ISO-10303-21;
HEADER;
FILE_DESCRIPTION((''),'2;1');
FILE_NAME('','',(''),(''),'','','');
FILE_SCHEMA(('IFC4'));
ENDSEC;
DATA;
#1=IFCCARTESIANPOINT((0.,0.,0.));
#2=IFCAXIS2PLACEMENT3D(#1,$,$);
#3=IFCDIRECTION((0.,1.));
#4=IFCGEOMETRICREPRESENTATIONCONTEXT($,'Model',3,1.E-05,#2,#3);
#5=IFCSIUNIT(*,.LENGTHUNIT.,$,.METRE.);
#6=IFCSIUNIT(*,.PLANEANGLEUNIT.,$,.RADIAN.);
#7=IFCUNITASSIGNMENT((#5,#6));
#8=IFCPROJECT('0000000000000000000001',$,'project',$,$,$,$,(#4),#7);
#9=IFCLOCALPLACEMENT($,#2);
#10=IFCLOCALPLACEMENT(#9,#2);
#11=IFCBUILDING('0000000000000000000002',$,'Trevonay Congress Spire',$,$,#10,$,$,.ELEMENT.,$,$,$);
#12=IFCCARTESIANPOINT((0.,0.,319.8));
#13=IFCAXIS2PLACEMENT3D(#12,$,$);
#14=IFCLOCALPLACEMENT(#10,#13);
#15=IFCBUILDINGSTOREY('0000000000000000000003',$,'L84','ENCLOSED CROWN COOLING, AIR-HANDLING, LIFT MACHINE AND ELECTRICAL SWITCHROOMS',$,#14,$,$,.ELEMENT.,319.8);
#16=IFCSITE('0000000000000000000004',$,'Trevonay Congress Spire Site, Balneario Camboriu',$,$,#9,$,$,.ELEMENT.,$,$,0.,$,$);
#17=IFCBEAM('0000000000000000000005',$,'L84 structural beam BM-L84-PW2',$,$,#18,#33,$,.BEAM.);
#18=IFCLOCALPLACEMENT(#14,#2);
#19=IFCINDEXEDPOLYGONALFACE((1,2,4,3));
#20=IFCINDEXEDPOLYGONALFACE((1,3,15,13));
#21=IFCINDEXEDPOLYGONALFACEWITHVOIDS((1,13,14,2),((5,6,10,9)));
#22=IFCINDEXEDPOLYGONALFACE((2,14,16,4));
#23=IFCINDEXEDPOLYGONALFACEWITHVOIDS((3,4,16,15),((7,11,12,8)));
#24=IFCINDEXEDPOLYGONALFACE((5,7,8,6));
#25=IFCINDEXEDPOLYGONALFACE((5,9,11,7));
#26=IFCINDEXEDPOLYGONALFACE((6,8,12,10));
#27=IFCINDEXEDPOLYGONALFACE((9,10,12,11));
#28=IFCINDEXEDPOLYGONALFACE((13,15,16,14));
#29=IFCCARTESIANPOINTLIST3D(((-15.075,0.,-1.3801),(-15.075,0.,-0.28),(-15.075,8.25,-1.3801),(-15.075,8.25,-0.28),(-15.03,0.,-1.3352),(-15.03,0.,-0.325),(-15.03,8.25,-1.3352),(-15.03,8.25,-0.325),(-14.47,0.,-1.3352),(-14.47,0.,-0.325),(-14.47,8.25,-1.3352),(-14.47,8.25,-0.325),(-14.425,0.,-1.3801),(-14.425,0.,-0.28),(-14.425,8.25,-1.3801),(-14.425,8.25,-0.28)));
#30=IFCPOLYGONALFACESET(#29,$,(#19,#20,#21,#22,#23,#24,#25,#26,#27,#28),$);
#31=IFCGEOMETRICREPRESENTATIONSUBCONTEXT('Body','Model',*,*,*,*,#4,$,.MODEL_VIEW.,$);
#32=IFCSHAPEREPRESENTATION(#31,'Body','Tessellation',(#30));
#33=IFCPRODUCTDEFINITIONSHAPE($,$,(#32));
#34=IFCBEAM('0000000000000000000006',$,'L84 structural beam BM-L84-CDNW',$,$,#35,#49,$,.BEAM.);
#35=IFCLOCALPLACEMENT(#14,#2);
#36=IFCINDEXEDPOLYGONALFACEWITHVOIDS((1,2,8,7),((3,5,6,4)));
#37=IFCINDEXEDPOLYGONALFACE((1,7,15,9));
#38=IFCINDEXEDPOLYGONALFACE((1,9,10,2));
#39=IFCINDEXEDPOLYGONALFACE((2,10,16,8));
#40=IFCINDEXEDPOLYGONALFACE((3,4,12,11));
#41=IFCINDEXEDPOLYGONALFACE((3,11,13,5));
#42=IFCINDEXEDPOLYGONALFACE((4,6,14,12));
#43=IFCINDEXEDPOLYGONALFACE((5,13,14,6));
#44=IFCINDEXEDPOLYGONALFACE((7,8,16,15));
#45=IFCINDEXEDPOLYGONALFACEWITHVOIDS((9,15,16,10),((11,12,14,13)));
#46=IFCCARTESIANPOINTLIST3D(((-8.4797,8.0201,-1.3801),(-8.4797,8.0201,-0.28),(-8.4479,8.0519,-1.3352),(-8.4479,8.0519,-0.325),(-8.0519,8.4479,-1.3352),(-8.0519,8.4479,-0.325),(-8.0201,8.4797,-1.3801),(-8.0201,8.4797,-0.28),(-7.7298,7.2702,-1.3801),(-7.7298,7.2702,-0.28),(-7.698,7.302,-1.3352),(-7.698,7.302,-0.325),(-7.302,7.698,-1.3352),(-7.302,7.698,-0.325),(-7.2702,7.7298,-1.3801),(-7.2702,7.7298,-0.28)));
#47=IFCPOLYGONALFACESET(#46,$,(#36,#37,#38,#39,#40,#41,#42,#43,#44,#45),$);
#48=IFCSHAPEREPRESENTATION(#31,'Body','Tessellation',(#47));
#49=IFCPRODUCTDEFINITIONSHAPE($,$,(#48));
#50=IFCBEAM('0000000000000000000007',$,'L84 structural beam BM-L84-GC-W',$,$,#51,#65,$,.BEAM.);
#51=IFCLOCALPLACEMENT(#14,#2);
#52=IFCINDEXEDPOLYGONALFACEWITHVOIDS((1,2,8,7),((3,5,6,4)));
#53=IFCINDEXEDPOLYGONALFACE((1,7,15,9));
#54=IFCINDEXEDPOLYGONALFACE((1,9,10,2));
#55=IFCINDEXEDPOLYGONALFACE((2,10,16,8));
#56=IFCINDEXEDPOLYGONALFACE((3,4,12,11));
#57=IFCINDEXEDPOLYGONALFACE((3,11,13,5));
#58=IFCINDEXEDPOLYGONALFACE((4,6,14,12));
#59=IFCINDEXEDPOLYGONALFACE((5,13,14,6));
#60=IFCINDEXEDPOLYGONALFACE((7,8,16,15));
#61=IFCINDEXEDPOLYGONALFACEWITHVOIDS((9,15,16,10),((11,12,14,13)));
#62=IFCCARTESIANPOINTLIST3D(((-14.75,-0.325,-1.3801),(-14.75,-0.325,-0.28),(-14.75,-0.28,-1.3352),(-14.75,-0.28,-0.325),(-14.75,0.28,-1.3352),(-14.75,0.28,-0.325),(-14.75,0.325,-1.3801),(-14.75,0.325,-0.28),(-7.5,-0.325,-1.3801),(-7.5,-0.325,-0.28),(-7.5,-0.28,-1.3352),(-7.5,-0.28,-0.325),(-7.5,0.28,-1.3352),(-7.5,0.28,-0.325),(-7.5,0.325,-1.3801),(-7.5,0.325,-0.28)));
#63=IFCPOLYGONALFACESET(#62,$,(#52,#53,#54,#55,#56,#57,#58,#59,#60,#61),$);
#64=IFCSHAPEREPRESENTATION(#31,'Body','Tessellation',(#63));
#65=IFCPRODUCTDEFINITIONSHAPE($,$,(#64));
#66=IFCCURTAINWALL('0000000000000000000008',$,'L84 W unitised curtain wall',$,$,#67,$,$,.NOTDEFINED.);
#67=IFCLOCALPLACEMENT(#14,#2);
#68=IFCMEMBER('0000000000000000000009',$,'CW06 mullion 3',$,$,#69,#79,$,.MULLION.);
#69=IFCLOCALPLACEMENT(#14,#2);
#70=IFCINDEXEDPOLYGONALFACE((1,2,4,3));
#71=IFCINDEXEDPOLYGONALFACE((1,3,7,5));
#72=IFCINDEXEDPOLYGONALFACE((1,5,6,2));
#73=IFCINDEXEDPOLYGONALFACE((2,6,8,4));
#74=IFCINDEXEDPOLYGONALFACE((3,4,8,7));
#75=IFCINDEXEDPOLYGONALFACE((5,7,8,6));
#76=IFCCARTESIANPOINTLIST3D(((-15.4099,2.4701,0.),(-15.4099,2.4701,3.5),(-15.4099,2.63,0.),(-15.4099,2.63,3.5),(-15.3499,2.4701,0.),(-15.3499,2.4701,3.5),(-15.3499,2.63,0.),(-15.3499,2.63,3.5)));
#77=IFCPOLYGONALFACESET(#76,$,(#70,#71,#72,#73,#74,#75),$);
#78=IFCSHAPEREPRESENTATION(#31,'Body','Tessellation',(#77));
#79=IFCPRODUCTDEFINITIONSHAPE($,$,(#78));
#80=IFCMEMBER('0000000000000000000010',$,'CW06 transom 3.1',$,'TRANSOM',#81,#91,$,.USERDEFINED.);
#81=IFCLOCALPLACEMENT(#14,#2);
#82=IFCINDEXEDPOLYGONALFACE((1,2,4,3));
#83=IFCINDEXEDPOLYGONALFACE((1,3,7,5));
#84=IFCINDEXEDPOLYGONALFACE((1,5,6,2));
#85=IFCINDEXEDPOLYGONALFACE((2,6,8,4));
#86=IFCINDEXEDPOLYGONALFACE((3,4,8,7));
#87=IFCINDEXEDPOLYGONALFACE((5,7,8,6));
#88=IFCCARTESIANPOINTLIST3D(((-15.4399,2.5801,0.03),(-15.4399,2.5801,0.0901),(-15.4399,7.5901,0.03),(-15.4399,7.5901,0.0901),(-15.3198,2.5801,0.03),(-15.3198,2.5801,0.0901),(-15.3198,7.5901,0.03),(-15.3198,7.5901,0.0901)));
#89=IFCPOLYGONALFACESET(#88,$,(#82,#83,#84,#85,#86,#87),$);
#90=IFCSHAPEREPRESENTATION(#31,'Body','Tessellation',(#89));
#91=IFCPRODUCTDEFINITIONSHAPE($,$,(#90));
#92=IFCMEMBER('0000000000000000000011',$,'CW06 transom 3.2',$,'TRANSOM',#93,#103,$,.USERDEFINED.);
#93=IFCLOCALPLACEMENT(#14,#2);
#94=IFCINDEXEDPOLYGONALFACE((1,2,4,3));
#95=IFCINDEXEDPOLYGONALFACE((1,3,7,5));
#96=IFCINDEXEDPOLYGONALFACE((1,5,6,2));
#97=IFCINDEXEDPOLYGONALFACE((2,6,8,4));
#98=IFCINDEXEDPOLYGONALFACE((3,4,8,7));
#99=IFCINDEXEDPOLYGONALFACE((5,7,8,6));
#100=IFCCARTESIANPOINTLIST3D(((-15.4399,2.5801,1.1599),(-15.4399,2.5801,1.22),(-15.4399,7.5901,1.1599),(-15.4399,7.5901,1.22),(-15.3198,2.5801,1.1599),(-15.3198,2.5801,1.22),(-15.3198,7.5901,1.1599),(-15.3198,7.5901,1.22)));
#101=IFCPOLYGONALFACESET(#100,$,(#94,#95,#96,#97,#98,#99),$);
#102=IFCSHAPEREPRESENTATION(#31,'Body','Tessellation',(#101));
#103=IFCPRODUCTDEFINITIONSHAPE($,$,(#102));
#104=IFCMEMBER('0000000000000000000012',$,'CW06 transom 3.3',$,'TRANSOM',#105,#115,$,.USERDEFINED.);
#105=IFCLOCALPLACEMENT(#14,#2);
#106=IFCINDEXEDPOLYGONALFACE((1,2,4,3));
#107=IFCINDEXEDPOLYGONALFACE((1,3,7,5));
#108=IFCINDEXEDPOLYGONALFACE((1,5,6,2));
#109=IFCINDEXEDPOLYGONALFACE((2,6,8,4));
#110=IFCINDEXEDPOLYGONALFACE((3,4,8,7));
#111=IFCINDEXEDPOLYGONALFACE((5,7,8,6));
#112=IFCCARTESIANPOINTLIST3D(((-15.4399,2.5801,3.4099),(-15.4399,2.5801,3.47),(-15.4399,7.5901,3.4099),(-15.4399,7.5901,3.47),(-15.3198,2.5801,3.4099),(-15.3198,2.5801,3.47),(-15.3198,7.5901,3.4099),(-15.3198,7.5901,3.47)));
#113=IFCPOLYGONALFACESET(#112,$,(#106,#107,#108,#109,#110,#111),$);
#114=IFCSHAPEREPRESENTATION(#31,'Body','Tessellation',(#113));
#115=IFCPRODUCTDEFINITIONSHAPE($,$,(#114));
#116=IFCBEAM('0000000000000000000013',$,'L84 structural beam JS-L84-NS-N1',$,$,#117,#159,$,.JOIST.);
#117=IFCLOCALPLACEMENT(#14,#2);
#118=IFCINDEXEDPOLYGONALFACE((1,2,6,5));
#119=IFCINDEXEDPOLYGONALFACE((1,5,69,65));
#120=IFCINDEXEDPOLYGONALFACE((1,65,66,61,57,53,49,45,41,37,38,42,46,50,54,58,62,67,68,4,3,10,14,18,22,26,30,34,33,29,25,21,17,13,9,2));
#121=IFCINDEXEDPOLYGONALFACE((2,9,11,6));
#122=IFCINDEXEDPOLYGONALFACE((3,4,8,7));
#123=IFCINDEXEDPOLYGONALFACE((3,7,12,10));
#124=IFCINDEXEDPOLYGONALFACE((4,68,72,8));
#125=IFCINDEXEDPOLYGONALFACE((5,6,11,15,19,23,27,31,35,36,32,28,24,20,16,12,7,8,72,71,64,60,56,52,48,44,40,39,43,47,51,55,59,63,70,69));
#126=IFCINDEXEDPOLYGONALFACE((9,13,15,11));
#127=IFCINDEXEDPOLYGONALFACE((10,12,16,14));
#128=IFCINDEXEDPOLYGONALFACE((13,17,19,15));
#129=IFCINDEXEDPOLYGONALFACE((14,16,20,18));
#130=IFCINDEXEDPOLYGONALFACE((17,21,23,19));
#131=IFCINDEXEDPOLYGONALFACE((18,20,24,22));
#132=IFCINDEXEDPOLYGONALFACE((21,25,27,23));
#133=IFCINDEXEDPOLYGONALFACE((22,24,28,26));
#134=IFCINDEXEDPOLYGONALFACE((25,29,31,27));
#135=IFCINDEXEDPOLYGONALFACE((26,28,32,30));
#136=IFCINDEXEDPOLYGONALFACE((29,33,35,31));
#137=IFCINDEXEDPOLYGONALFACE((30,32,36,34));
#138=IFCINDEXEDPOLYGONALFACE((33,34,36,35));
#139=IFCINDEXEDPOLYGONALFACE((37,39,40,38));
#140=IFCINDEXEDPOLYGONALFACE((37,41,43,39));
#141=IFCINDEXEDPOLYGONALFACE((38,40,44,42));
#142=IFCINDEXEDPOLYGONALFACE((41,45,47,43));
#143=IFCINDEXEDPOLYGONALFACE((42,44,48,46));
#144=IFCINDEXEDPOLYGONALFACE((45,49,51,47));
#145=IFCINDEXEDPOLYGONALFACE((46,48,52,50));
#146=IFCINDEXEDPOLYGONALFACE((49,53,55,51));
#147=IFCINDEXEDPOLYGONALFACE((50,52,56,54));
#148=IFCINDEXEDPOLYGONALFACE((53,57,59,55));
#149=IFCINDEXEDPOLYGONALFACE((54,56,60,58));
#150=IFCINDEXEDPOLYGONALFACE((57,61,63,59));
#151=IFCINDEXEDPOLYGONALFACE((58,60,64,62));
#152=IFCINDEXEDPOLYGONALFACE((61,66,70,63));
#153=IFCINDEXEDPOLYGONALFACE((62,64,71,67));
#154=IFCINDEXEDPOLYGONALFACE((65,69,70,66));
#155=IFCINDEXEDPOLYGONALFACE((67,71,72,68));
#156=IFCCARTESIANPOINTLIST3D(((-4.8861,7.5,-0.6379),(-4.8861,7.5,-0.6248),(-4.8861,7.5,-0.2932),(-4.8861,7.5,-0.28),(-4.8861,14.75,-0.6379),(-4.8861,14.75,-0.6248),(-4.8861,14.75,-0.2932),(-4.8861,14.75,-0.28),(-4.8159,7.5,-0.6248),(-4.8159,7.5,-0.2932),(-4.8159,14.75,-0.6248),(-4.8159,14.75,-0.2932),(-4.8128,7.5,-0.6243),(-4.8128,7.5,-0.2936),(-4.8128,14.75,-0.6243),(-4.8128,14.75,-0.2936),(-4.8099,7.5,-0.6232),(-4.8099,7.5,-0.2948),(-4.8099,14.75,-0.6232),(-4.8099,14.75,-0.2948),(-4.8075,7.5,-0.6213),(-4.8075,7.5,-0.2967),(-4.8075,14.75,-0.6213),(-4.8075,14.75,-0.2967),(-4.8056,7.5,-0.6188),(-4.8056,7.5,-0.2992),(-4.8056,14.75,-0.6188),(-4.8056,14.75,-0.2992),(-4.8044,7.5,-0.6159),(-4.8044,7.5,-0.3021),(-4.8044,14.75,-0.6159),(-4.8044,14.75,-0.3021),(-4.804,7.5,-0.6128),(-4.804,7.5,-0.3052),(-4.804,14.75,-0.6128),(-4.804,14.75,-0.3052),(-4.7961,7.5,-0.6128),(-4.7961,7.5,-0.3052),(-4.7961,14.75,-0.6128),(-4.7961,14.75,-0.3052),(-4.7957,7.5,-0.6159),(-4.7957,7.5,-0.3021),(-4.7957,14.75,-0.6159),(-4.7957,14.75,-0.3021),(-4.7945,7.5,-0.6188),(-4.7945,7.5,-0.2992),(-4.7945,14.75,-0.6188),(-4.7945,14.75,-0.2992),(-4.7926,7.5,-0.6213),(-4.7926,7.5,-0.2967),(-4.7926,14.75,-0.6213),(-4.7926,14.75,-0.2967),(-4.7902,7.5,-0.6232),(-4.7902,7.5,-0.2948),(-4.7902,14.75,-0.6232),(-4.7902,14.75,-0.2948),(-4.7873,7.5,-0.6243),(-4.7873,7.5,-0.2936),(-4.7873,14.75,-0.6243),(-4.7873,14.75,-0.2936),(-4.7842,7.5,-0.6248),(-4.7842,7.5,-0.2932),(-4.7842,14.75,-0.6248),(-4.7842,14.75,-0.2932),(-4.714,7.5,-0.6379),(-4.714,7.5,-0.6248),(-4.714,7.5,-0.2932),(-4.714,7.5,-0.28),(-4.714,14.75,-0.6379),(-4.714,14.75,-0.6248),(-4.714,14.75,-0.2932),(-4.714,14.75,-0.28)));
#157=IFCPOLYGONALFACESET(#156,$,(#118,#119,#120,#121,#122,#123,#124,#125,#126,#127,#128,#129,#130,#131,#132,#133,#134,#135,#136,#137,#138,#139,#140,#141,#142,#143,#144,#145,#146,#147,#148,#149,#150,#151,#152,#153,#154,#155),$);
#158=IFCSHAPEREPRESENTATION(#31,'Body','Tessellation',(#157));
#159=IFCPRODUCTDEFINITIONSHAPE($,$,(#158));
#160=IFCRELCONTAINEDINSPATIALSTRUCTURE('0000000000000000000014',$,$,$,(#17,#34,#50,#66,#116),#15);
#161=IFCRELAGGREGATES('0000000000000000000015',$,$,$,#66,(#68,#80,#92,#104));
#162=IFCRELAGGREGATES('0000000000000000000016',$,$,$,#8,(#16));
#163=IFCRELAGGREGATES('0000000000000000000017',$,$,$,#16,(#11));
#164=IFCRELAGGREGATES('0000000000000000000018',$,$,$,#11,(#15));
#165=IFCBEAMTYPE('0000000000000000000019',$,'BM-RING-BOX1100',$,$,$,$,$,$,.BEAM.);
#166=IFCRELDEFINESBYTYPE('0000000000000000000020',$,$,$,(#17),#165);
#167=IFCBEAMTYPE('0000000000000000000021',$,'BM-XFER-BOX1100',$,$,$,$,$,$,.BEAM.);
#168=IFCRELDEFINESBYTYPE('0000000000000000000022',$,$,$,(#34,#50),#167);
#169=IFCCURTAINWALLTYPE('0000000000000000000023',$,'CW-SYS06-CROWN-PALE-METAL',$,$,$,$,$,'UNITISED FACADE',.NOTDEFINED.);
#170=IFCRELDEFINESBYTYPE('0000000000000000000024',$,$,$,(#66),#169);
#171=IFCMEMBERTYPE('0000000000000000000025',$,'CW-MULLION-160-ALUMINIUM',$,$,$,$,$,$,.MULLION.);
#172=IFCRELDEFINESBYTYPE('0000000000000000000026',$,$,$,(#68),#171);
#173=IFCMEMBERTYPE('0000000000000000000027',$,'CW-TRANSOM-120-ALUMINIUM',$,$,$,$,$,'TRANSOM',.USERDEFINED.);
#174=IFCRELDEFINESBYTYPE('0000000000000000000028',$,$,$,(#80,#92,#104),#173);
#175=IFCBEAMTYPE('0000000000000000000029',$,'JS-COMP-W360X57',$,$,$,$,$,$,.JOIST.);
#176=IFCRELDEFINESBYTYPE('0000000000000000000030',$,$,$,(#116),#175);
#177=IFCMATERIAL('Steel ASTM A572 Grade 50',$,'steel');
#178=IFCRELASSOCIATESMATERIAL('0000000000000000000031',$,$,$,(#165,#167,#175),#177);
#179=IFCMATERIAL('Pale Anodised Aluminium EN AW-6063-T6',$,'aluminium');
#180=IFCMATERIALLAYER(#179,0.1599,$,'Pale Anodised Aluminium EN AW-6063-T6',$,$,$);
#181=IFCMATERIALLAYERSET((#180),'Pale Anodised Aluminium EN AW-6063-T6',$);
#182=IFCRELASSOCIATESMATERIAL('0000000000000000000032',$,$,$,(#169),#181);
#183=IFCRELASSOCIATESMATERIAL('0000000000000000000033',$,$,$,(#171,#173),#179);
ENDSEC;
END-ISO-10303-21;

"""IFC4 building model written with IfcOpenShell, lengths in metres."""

from ifc_helpers import new_model, si_unit, direction, frame, origin, origin_2d, place, context, subcontext, project, spatial, rectangle, hollow_rectangle, i_section, extrude, material, layer, layer_set, material_profile, profile_set, type_object, element, aggregate, save


model = new_model("IFC4")

# Units and contexts
model_context = context("Model", 3, precision=1e-05, world=origin(), true_north=direction((0.0, 1.0)))
body_context = subcontext(model_context, "Body", "Model", "MODEL_VIEW")
ifc_project = project(units=[si_unit("LENGTHUNIT", "METRE"), si_unit("PLANEANGLEUNIT", "RADIAN")], contexts=[model_context])

# Site, building, storey
site_placement = place(None, origin())
site = spatial("IfcSite", under=ifc_project, at=site_placement, Name="Trevonay Congress Spire Site, Balneario Camboriu", CompositionType="ELEMENT", RefElevation=0.0)
building_placement = place(site_placement, origin())
building = spatial("IfcBuilding", under=site, at=building_placement, Name="Trevonay Congress Spire", CompositionType="ELEMENT")
storey_placement = place(building_placement, frame((0.0, 0.0, 319.8)))
storey = spatial("IfcBuildingStorey", under=building, at=storey_placement, Name="L84", Description="ENCLOSED CROWN COOLING, AIR-HANDLING, LIFT MACHINE AND ELECTRICAL SWITCHROOMS", CompositionType="ELEMENT", Elevation=319.8)

# Shared definitions
ifc_material_1 = material(Name="Steel ASTM A572 Grade 50", Category="steel")

# Beams
ifc_material_profile_1 = material_profile(ifc_material_1, hollow_rectangle(XDim=0.6499, YDim=1.1001, WallThickness=0.0449, at=origin_2d()), Name="BOX 1100x650x45")
ifc_profile_set_1 = profile_set([ifc_material_profile_1], Name="Steel ASTM A572 Grade 50")
beam_type_1 = type_object("IfcBeamType", Name="BM-RING-BOX1100", PredefinedType="BEAM", material=ifc_profile_set_1)
beam_1_placement = place(storey_placement, frame((-14.75, 0.0, -0.8301), z_axis=(0.0, 1.0, 0.0), x_axis=(-1.0, 0.0, 0.0)))
element("IfcBeam", 1, at=beam_1_placement, inside=storey, type_object=beam_type_1, Name="L84 structural beam BM-L84-PW2", PredefinedType="BEAM", context=body_context, shape_type="SweptSolid", body=[
    extrude(hollow_rectangle(XDim=0.6499, YDim=1.1001, WallThickness=0.0449, at=origin_2d()), origin(), (0.0, 0.0, 1.0), 8.25),
])
ifc_material_profile_2 = material_profile(ifc_material_1, hollow_rectangle(XDim=0.6499, YDim=1.1001, WallThickness=0.0449, at=origin_2d()), Name="BOX 1100x650x45")
ifc_profile_set_2 = profile_set([ifc_material_profile_2], Name="Steel ASTM A572 Grade 50")
beam_type_2 = type_object("IfcBeamType", Name="BM-XFER-BOX1100", PredefinedType="BEAM", material=ifc_profile_set_2)
beam_2_placement = place(storey_placement, frame((-7.5, 7.5, -0.8301), z_axis=(-0.707107, 0.707107, 0.0), x_axis=(-0.707107, -0.707107, 0.0)))
element("IfcBeam", 2, at=beam_2_placement, inside=storey, type_object=beam_type_2, Name="L84 structural beam BM-L84-CDNW", PredefinedType="BEAM", context=body_context, shape_type="SweptSolid", body=[
    extrude(hollow_rectangle(XDim=0.6499, YDim=1.1001, WallThickness=0.0449, at=origin_2d()), origin(), (0.0, 0.0, 1.0), 1.0605),
])
beam_3_placement = place(storey_placement, frame((-7.5, 0.0, -0.8301), z_axis=(-1.0, 0.0, 0.0), x_axis=(0.0, -1.0, 0.0)))
element("IfcBeam", 3, at=beam_3_placement, inside=storey, type_object=beam_type_2, Name="L84 structural beam BM-L84-GC-W", PredefinedType="BEAM", context=body_context, shape_type="SweptSolid", body=[
    extrude(hollow_rectangle(XDim=0.6499, YDim=1.1001, WallThickness=0.0449, at=origin_2d()), origin(), (0.0, 0.0, 1.0), 7.25),
])

# Curtain wall, members
ifc_material_2 = material(Name="Pale Anodised Aluminium EN AW-6063-T6", Category="aluminium")
ifc_layer_1 = layer(ifc_material_2, 0.1599, Name="Pale Anodised Aluminium EN AW-6063-T6")
ifc_layer_set_1 = layer_set([ifc_layer_1], Name="Pale Anodised Aluminium EN AW-6063-T6")
curtain_wall_type = type_object("IfcCurtainWallType", Name="CW-SYS06-CROWN-PALE-METAL", ElementType="UNITISED FACADE", PredefinedType="NOTDEFINED", material=ifc_layer_set_1)
curtain_wall_placement = place(storey_placement, origin())
curtain_wall = element("IfcCurtainWall", 4, at=curtain_wall_placement, inside=storey, type_object=curtain_wall_type, Name="L84 W unitised curtain wall", PredefinedType="NOTDEFINED")
ifc_material_profile_3 = material_profile(ifc_material_2, rectangle(XDim=0.0601, YDim=0.1599, at=origin_2d()), Name="CW-MULLION-160-ALUMINIUM")
ifc_profile_set_3 = profile_set([ifc_material_profile_3], Name="Pale Anodised Aluminium EN AW-6063-T6")
member_type_1 = type_object("IfcMemberType", Name="CW-MULLION-160-ALUMINIUM", PredefinedType="MULLION", material=ifc_profile_set_3)
member_1_placement = place(storey_placement, frame((-15.3799, 2.55, 0.0), z_axis=(0.0, 0.0, 1.0), x_axis=(-1.0, 0.0, 0.0)))
member_1 = element("IfcMember", 5, at=member_1_placement, type_object=member_type_1, Name="CW06 mullion 3", PredefinedType="MULLION", context=body_context, shape_type="SweptSolid", body=[
    extrude(rectangle(XDim=0.0601, YDim=0.1599, at=origin_2d()), origin(), (0.0, 0.0, 1.0), 3.5),
])
ifc_material_profile_4 = material_profile(ifc_material_2, rectangle(XDim=0.1201, YDim=0.0601, at=origin_2d()), Name="CW-TRANSOM-120-ALUMINIUM")
ifc_profile_set_4 = profile_set([ifc_material_profile_4], Name="Pale Anodised Aluminium EN AW-6063-T6")
member_type_2 = type_object("IfcMemberType", Name="CW-TRANSOM-120-ALUMINIUM", ElementType="TRANSOM", PredefinedType="USERDEFINED", material=ifc_profile_set_4)
member_2_placement = place(storey_placement, frame((-15.3799, 2.5801, 0.0601), z_axis=(0.0, 1.0, 0.0), x_axis=(-1.0, 0.0, 0.0)))
member_2 = element("IfcMember", 6, at=member_2_placement, type_object=member_type_2, Name="CW06 transom 3.1", ObjectType="TRANSOM", PredefinedType="USERDEFINED", context=body_context, shape_type="SweptSolid", body=[
    extrude(rectangle(XDim=0.1201, YDim=0.0601, at=origin_2d()), origin(), (0.0, 0.0, 1.0), 5.01),
])
member_3_placement = place(storey_placement, frame((-15.3799, 2.5801, 1.1899), z_axis=(0.0, 1.0, 0.0), x_axis=(-1.0, 0.0, 0.0)))
member_3 = element("IfcMember", 7, at=member_3_placement, type_object=member_type_2, Name="CW06 transom 3.2", ObjectType="TRANSOM", PredefinedType="USERDEFINED", context=body_context, shape_type="SweptSolid", body=[
    extrude(rectangle(XDim=0.1201, YDim=0.0601, at=origin_2d()), origin(), (0.0, 0.0, 1.0), 5.01),
])
member_4_placement = place(storey_placement, frame((-15.3799, 2.5801, 3.4399), z_axis=(0.0, 1.0, 0.0), x_axis=(-1.0, 0.0, 0.0)))
member_4 = element("IfcMember", 8, at=member_4_placement, type_object=member_type_2, Name="CW06 transom 3.3", ObjectType="TRANSOM", PredefinedType="USERDEFINED", context=body_context, shape_type="SweptSolid", body=[
    extrude(rectangle(XDim=0.1201, YDim=0.0601, at=origin_2d()), origin(), (0.0, 0.0, 1.0), 5.01),
])

# Beam
ifc_material_profile_5 = material_profile(ifc_material_1, i_section(OverallWidth=0.1721, OverallDepth=0.3579, WebThickness=0.0078, FlangeThickness=0.0132, FilletRadius=0.012, at=origin_2d()), Name="W360x57.8")
ifc_profile_set_5 = profile_set([ifc_material_profile_5], Name="Steel ASTM A572 Grade 50")
beam_type_3 = type_object("IfcBeamType", Name="JS-COMP-W360X57", PredefinedType="JOIST", material=ifc_profile_set_5)
for number, where, z_axis, x_axis, name in (
    (9, (-4.8, 7.5, -0.459), (0.0, 1.0, 0.0), (-1.0, 0.0, 0.0), "L84 structural beam JS-L84-NS-N1"),
):
    element("IfcBeam", number, at=place(storey_placement, frame(where, z_axis=z_axis, x_axis=x_axis)), inside=storey, type_object=beam_type_3, Name=name, PredefinedType="JOIST", context=body_context, shape_type="SweptSolid", body=[
        extrude(i_section(OverallWidth=0.1721, OverallDepth=0.3579, WebThickness=0.0078, FlangeThickness=0.0132, FilletRadius=0.012, at=origin_2d()), origin(), (0.0, 0.0, 1.0), 7.25),
    ])

aggregate(curtain_wall, [member_1, member_2, member_3, member_4])

save(model, "model.ifc")
